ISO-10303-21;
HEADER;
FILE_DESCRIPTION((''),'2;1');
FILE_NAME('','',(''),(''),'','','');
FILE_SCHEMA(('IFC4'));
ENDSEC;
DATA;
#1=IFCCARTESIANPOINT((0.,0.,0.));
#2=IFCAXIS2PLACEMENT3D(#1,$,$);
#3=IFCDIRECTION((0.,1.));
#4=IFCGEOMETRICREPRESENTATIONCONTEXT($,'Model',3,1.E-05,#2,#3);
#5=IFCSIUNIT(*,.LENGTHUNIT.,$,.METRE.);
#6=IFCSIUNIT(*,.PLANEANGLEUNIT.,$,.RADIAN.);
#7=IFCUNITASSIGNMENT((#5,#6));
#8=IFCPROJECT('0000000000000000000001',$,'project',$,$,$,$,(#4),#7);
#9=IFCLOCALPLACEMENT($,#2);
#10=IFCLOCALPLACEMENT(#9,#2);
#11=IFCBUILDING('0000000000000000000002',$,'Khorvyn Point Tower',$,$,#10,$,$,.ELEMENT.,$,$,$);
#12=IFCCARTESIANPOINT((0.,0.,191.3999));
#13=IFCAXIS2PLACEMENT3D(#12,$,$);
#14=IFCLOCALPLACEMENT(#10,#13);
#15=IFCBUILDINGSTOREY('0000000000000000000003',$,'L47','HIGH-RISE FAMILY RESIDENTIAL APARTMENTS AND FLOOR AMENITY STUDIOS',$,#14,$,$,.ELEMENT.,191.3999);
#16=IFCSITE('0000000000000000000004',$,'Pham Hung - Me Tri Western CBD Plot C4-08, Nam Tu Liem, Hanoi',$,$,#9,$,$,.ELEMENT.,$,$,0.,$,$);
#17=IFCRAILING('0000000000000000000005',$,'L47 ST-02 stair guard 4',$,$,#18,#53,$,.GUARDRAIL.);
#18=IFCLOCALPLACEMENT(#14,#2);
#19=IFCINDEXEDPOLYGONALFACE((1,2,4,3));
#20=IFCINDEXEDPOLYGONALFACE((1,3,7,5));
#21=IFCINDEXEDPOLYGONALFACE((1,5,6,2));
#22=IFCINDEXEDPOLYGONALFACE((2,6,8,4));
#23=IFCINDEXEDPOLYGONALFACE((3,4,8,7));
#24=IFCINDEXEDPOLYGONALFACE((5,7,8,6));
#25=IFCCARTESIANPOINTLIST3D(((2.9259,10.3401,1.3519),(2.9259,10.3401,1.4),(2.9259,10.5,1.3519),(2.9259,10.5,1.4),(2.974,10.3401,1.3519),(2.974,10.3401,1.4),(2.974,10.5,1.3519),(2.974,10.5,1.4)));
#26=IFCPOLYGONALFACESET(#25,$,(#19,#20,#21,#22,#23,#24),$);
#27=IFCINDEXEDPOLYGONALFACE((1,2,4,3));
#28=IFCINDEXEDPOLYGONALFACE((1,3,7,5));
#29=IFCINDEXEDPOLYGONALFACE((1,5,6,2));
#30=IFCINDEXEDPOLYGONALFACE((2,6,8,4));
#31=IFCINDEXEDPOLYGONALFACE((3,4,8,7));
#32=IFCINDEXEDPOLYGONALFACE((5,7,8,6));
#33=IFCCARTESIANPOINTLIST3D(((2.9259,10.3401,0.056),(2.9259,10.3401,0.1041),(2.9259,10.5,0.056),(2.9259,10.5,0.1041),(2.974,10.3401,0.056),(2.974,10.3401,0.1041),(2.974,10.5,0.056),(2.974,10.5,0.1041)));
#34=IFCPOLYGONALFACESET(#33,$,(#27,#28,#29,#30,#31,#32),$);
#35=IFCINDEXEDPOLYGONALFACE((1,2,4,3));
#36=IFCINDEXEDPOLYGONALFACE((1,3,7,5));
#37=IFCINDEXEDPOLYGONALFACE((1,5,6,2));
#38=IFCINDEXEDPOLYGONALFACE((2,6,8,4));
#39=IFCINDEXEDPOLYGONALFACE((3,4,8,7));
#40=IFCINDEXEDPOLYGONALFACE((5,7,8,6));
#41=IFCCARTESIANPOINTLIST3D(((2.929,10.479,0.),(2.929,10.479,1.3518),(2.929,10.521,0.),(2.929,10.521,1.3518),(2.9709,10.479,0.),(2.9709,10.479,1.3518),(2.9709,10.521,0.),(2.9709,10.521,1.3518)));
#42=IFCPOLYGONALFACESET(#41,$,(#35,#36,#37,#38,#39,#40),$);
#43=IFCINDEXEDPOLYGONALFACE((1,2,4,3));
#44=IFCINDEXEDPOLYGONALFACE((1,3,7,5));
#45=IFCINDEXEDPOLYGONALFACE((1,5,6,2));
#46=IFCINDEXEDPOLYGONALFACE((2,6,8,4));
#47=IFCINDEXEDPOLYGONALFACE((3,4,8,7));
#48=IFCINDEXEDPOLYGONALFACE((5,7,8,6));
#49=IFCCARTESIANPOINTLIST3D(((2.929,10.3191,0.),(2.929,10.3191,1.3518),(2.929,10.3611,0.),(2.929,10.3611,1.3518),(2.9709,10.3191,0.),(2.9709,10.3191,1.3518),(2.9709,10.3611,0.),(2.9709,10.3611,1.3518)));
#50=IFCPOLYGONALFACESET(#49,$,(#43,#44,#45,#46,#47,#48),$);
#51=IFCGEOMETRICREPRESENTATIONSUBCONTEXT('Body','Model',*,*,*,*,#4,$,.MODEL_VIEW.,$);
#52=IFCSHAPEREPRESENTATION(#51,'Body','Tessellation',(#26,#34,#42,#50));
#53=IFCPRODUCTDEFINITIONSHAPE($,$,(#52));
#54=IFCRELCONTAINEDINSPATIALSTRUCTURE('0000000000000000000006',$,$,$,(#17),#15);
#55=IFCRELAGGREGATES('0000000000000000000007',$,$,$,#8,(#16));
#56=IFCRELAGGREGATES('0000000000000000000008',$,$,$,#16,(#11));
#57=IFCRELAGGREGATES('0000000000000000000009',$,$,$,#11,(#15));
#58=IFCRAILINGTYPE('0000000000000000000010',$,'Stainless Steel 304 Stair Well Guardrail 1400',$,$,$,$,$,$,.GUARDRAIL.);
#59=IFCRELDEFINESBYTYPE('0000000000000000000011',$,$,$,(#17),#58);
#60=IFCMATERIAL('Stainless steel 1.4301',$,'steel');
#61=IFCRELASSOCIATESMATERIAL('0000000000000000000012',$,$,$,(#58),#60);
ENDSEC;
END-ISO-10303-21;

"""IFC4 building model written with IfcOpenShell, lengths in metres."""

from ifc_helpers import new_model, si_unit, direction, frame, origin, origin_2d, place, context, subcontext, project, spatial, rectangle, extrude, material, type_object, element, save


model = new_model("IFC4")

# Units and contexts
model_context = context("Model", 3, precision=1e-05, world=origin(), true_north=direction((0.0, 1.0)))
body_context = subcontext(model_context, "Body", "Model", "MODEL_VIEW")
ifc_project = project(units=[si_unit("LENGTHUNIT", "METRE"), si_unit("PLANEANGLEUNIT", "RADIAN")], contexts=[model_context])

# Site, building, storey
site_placement = place(None, origin())
site = spatial("IfcSite", under=ifc_project, at=site_placement, Name="Pham Hung - Me Tri Western CBD Plot C4-08, Nam Tu Liem, Hanoi", CompositionType="ELEMENT", RefElevation=0.0)
building_placement = place(site_placement, origin())
building = spatial("IfcBuilding", under=site, at=building_placement, Name="Khorvyn Point Tower", CompositionType="ELEMENT")
storey_placement = place(building_placement, frame((0.0, 0.0, 191.3999)))
storey = spatial("IfcBuildingStorey", under=building, at=storey_placement, Name="L47", Description="HIGH-RISE FAMILY RESIDENTIAL APARTMENTS AND FLOOR AMENITY STUDIOS", CompositionType="ELEMENT", Elevation=191.3999)

# Railing
ifc_material_1 = material(Name="Stainless steel 1.4301", Category="steel")
railing_type_1 = type_object("IfcRailingType", Name="Stainless Steel 304 Stair Well Guardrail 1400", PredefinedType="GUARDRAIL", material=ifc_material_1)
railing_1_placement = place(storey_placement, frame((2.95, 10.5, 0.0)))
element("IfcRailing", 1, at=railing_1_placement, inside=storey, type_object=railing_type_1, Name="L47 ST-02 stair guard 4", PredefinedType="GUARDRAIL", context=body_context, shape_type="SweptSolid", body=[
    extrude(rectangle(XDim=0.0481, YDim=0.0481, at=origin_2d()), frame((0.0, 0.0, 1.376), z_axis=(0.0, -1.0, 0.0), x_axis=(1.0, 0.0, 0.0)), (0.0, 0.0, 1.0), 0.1599),
    extrude(rectangle(XDim=0.0481, YDim=0.0481, at=origin_2d()), frame((0.0, 0.0, 0.0801), z_axis=(0.0, -1.0, 0.0), x_axis=(1.0, 0.0, 0.0)), (0.0, 0.0, 1.0), 0.1599),
    extrude(rectangle(XDim=0.042, YDim=0.042, at=origin_2d()), origin(), (0.0, 0.0, 1.0), 1.3518),
    extrude(rectangle(XDim=0.042, YDim=0.042, at=origin_2d()), frame((0.0, -0.1599, 0.0)), (0.0, 0.0, 1.0), 1.3518),
])

save(model, "model.ifc")
